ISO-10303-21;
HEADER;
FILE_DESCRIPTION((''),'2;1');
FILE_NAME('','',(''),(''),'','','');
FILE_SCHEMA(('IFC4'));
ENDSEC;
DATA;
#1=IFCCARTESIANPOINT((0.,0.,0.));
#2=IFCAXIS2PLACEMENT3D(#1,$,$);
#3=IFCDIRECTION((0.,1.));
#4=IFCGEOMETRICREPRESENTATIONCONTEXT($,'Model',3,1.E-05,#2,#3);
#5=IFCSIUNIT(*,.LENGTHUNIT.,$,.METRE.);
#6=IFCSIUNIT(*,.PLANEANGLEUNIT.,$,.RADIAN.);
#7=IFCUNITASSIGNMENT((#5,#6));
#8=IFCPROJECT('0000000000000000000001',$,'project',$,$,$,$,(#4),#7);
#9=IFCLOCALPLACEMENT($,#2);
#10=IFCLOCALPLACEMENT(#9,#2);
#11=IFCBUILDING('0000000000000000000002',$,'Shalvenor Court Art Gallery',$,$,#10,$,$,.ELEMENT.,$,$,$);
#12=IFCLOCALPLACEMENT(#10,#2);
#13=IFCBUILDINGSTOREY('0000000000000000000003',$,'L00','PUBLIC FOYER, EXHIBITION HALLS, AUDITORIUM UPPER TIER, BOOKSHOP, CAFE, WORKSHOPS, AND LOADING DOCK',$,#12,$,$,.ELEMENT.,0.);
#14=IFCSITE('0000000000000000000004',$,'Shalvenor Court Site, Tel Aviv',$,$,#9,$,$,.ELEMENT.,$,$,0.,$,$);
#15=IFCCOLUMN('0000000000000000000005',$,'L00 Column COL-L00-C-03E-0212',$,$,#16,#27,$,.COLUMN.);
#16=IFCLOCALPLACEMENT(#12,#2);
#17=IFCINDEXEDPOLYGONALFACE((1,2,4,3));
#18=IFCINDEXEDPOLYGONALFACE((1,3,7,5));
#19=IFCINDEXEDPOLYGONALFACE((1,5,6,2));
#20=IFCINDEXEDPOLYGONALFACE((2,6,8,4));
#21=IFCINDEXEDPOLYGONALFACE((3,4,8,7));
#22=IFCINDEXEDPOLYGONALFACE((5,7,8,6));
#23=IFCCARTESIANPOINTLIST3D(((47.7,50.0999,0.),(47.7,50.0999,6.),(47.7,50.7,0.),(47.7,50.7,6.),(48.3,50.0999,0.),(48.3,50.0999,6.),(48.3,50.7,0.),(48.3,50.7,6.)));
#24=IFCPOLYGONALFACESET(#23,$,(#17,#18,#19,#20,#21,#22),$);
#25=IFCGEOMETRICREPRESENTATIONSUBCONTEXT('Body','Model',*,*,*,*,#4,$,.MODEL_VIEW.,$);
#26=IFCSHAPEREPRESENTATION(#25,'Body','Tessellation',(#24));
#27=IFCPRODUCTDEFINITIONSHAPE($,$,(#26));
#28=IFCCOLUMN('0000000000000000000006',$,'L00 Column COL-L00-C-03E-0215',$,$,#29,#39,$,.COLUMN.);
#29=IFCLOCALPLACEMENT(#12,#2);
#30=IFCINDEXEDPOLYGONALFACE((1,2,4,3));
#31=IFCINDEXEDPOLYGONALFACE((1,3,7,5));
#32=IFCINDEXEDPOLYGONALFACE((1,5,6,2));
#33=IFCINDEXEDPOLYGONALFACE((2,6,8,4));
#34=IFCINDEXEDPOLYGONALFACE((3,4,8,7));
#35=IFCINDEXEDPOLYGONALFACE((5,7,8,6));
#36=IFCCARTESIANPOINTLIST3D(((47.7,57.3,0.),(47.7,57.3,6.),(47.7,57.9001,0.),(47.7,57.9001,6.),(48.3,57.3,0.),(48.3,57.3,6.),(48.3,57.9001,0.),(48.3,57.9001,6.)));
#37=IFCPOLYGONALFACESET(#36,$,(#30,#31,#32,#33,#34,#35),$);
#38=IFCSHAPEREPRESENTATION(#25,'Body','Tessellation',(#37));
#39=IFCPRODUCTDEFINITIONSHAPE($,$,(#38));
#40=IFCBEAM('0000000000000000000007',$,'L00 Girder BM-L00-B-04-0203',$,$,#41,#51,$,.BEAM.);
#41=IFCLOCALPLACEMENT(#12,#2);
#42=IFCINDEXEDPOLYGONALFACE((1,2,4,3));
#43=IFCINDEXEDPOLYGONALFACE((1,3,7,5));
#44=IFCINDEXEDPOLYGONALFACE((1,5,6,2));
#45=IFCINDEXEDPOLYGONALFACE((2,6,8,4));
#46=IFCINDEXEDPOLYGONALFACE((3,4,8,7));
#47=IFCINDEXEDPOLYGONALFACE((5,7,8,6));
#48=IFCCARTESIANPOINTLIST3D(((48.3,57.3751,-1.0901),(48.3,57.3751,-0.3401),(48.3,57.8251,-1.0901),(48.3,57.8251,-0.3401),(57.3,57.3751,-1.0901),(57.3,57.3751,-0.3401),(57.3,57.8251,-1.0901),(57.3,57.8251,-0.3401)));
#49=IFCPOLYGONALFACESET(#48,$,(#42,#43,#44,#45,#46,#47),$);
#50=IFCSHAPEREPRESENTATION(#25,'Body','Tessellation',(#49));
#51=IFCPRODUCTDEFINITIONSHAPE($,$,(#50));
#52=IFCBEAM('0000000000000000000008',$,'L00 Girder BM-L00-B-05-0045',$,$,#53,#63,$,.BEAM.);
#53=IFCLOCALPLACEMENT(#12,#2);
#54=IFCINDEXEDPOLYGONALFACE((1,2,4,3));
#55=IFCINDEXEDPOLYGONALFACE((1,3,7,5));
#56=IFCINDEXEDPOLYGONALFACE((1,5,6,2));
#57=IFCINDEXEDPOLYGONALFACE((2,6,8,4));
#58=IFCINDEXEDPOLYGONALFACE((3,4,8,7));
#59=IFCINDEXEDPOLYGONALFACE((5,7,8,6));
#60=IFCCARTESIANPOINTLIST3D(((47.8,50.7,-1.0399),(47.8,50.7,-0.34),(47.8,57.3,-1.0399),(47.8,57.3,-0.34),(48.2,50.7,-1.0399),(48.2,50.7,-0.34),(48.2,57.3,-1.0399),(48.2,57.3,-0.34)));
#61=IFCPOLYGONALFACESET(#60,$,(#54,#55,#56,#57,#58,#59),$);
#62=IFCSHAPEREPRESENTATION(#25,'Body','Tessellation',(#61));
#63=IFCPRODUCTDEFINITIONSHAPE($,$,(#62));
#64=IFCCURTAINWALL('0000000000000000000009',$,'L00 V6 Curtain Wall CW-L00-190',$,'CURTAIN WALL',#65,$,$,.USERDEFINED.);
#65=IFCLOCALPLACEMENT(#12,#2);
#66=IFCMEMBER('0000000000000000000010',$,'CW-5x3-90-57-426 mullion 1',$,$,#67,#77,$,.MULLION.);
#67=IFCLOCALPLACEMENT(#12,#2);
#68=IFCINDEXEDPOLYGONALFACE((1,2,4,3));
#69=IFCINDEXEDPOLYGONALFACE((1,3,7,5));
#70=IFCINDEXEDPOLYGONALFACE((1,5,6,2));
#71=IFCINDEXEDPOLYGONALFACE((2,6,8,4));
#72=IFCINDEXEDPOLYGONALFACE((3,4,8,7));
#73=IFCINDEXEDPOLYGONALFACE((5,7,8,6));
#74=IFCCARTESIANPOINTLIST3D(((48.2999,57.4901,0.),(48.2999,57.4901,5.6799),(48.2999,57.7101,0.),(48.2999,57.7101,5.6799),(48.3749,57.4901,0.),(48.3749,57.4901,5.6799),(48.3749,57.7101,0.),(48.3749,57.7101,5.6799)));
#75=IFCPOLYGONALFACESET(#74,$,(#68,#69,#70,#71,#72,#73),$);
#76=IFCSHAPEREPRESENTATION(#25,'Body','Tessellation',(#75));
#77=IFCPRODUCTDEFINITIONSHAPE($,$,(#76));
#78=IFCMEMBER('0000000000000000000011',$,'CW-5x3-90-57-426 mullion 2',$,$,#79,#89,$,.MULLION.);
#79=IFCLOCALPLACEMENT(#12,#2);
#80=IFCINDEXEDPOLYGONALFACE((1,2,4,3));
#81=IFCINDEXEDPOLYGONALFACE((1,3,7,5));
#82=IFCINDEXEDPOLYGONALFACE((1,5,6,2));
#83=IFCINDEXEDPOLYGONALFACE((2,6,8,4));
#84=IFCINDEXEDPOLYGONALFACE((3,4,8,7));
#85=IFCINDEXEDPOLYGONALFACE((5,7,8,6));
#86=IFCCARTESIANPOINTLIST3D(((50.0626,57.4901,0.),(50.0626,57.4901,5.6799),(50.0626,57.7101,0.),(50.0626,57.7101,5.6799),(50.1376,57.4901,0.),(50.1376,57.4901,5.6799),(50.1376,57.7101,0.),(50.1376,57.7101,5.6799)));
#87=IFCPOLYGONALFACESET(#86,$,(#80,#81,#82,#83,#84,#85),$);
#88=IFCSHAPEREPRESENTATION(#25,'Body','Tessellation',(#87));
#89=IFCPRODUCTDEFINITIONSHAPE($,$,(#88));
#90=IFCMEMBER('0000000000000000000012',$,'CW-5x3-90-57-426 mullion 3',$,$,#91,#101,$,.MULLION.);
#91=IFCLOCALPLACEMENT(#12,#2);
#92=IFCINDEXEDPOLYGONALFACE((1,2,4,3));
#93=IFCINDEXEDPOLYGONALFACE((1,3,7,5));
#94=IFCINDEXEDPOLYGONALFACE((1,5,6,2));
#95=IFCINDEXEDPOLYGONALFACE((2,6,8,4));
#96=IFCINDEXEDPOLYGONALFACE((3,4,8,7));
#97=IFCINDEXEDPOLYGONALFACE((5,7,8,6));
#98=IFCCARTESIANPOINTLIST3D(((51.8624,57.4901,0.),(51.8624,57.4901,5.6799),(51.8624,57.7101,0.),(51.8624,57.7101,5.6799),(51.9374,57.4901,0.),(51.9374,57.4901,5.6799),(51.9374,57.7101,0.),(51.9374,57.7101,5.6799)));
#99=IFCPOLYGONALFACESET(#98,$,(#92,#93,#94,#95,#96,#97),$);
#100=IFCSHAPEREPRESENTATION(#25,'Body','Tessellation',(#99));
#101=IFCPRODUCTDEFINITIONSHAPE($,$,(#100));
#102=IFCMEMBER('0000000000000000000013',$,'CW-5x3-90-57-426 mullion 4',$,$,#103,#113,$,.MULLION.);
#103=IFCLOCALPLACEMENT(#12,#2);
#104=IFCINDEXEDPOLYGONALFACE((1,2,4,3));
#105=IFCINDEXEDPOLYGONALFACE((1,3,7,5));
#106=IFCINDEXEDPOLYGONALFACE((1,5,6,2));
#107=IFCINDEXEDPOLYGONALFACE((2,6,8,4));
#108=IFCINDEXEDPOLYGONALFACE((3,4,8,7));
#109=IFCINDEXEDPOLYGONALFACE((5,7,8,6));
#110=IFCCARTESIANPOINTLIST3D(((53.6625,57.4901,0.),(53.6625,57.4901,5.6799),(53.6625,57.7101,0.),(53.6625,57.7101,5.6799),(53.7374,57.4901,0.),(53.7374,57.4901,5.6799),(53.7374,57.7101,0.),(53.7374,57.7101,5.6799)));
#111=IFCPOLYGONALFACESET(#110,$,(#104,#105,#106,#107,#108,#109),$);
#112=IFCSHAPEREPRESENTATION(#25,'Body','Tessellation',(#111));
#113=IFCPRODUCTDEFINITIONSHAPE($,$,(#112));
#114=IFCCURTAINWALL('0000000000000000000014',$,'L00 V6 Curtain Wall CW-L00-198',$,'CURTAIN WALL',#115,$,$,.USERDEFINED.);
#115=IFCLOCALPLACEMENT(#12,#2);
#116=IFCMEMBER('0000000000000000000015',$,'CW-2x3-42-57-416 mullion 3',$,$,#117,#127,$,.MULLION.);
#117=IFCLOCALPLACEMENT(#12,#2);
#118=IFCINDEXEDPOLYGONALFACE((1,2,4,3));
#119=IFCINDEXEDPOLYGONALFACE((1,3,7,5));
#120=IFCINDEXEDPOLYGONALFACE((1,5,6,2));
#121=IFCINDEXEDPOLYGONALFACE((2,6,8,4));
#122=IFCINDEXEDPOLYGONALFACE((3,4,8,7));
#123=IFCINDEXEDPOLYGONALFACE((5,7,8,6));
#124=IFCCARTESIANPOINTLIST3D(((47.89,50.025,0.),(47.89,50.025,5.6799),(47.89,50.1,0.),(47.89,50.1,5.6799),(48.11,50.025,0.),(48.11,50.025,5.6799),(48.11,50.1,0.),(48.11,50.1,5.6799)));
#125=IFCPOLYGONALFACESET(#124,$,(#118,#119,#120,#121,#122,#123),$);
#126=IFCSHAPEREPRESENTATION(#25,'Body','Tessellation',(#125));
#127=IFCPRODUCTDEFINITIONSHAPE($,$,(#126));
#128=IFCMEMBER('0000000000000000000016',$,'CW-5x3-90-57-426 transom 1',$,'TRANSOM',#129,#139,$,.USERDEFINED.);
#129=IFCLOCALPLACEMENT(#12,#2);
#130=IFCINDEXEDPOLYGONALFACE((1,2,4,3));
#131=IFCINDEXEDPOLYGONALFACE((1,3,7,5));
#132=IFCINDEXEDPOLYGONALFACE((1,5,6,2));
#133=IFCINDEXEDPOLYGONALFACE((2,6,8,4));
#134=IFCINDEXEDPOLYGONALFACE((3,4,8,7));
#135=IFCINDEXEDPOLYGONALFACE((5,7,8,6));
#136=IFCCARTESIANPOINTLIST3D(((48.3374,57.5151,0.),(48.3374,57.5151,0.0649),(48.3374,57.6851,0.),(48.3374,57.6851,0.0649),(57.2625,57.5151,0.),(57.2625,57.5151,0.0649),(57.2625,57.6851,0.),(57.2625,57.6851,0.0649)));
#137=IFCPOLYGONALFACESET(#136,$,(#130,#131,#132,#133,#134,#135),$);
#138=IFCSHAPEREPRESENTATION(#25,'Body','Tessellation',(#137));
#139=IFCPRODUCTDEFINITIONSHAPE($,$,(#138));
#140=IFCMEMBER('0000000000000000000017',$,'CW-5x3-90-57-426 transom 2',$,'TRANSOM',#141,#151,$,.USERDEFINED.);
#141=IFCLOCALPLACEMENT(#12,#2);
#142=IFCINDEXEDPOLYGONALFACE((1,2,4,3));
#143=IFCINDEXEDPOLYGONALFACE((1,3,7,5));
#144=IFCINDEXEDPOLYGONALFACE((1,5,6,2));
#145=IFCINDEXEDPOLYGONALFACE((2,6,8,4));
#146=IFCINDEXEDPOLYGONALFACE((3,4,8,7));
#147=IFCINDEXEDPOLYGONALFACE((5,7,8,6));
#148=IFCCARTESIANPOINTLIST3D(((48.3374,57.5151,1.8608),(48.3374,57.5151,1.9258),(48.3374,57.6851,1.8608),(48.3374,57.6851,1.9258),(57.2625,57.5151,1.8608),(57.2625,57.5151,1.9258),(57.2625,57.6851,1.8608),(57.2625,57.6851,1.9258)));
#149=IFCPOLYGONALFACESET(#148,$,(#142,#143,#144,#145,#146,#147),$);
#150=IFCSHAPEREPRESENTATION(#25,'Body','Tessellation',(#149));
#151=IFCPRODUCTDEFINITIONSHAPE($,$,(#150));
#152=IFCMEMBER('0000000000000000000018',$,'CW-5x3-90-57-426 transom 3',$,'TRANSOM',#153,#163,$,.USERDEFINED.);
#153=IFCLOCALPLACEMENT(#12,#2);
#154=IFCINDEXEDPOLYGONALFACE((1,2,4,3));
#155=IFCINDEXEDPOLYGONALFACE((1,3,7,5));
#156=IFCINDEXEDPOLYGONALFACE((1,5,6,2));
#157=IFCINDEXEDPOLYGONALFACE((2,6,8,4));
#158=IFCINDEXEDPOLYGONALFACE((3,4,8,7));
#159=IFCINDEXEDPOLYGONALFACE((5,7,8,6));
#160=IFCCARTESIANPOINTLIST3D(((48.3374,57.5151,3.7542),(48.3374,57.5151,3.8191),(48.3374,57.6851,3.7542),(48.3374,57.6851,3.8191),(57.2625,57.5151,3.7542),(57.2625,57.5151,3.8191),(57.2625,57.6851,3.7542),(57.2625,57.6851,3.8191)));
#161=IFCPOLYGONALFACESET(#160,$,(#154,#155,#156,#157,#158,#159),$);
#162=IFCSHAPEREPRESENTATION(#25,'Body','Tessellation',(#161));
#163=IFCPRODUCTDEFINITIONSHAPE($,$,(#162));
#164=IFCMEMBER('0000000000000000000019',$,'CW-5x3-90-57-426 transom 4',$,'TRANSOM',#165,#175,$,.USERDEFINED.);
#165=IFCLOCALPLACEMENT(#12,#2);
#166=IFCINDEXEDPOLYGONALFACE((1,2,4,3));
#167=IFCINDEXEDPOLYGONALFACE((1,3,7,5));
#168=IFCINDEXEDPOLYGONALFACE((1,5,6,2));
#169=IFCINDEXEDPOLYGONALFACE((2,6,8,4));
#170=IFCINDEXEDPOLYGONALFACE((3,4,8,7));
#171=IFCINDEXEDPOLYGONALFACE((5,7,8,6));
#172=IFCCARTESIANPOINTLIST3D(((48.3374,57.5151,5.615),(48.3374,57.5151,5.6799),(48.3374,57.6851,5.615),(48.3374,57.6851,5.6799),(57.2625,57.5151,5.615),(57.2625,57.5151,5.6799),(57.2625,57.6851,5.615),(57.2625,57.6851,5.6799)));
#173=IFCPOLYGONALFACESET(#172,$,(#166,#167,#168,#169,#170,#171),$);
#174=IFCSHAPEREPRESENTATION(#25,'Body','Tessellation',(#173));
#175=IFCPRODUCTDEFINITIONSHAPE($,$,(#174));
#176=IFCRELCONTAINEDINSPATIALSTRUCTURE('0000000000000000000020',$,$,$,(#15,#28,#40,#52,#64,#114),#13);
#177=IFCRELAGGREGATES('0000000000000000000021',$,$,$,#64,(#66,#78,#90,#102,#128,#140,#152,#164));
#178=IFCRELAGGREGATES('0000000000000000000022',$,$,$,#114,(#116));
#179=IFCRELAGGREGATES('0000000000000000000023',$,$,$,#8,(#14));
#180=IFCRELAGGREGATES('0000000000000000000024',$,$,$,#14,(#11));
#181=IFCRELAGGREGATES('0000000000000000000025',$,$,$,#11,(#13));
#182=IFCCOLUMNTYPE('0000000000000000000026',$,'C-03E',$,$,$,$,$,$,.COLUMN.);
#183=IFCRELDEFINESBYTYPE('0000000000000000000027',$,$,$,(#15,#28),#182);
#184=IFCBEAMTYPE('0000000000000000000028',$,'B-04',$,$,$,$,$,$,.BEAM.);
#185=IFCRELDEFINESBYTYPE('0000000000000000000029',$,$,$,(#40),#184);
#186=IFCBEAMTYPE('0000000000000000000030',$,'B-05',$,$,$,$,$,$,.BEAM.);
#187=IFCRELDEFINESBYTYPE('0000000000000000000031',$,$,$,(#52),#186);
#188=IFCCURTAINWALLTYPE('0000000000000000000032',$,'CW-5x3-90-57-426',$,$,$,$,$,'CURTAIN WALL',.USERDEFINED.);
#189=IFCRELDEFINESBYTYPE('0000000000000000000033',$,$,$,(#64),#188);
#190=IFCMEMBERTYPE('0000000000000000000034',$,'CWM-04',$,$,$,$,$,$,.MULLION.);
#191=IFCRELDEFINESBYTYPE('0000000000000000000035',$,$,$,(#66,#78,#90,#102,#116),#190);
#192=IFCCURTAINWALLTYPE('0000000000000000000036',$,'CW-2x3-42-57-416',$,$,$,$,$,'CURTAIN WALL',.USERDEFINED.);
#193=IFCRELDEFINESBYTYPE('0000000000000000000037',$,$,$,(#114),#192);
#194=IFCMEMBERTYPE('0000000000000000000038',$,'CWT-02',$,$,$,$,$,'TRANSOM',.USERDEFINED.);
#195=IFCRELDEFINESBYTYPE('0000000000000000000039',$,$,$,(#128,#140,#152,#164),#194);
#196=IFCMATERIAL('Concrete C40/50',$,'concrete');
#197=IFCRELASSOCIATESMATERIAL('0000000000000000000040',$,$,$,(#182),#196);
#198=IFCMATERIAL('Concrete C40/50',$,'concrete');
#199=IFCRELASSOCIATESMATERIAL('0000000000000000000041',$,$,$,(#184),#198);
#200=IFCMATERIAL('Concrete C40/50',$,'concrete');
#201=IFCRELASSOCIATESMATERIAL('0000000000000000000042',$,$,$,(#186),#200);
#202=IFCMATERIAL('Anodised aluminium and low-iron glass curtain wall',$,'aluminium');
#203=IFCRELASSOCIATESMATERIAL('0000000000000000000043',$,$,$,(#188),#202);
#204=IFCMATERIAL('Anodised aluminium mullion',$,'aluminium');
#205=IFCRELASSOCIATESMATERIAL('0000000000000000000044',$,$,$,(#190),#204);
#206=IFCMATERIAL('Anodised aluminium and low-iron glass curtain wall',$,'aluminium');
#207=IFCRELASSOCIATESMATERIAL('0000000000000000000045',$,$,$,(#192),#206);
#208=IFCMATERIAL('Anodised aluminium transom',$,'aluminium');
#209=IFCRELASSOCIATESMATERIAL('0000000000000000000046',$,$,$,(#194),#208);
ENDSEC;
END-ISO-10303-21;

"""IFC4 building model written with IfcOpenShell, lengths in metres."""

from ifc_helpers import new_model, si_unit, direction, frame, origin, origin_2d, place, context, subcontext, project, spatial, rectangle, extrude, material, material_profile, profile_set, type_object, element, aggregate, save


model = new_model("IFC4")

# Units and contexts
model_context = context("Model", 3, precision=1e-05, world=origin(), true_north=direction((0.0, 1.0)))
body_context = subcontext(model_context, "Body", "Model", "MODEL_VIEW")
ifc_project = project(units=[si_unit("LENGTHUNIT", "METRE"), si_unit("PLANEANGLEUNIT", "RADIAN")], contexts=[model_context])

# Site, building, storey
site_placement = place(None, origin())
site = spatial("IfcSite", under=ifc_project, at=site_placement, Name="Shalvenor Court Site, Tel Aviv", CompositionType="ELEMENT", RefElevation=0.0)
building_placement = place(site_placement, origin())
building = spatial("IfcBuilding", under=site, at=building_placement, Name="Shalvenor Court Art Gallery", CompositionType="ELEMENT")
storey_placement = place(building_placement, origin())
storey = spatial("IfcBuildingStorey", under=building, at=storey_placement, Name="L00", Description="PUBLIC FOYER, EXHIBITION HALLS, AUDITORIUM UPPER TIER, BOOKSHOP, CAFE, WORKSHOPS, AND LOADING DOCK", CompositionType="ELEMENT", Elevation=0.0)

# Columns
ifc_material_1 = material(Name="Concrete C40/50", Category="concrete")
ifc_material_profile_1 = material_profile(ifc_material_1, rectangle(XDim=0.6001, YDim=0.6001, at=origin_2d()), Name="RC 600x600")
ifc_profile_set_1 = profile_set([ifc_material_profile_1], Name="Concrete C40/50")
column_type = type_object("IfcColumnType", Name="C-03E", PredefinedType="COLUMN", material=ifc_profile_set_1)
for number, where, z_axis, x_axis, name in (
    (1, (48.0, 50.3999, 0.0), (0.0, 0.0, 1.0), (1.0, 0.0, 0.0), "L00 Column COL-L00-C-03E-0212"),
    (2, (48.0, 57.6001, 0.0), (0.0, 0.0, 1.0), (1.0, 0.0, 0.0), "L00 Column COL-L00-C-03E-0215"),
):
    element("IfcColumn", number, at=place(storey_placement, frame(where, z_axis=z_axis, x_axis=x_axis)), inside=storey, type_object=column_type, Name=name, PredefinedType="COLUMN", context=body_context, shape_type="SweptSolid", body=[
        extrude(rectangle(XDim=0.6001, YDim=0.6001, at=origin_2d()), origin(), (0.0, 0.0, 1.0), 6.0),
    ])

# Beams
ifc_material_2 = material(Name="Concrete C40/50", Category="concrete")
ifc_material_profile_2 = material_profile(ifc_material_2, rectangle(XDim=0.45, YDim=0.75, at=origin_2d()), Name="RC 450x750")
ifc_profile_set_2 = profile_set([ifc_material_profile_2], Name="Concrete C40/50")
beam_type_1 = type_object("IfcBeamType", Name="B-04", PredefinedType="BEAM", material=ifc_profile_set_2)
beam_1_placement = place(storey_placement, frame((48.3, 57.6001, -0.7151), z_axis=(1.0, 0.0, 0.0), x_axis=(0.0, 1.0, 0.0)))
element("IfcBeam", 3, at=beam_1_placement, inside=storey, type_object=beam_type_1, Name="L00 Girder BM-L00-B-04-0203", PredefinedType="BEAM", context=body_context, shape_type="SweptSolid", body=[
    extrude(rectangle(XDim=0.45, YDim=0.75, at=origin_2d()), origin(), (0.0, 0.0, 1.0), 9.0),
])
ifc_material_3 = material(Name="Concrete C40/50", Category="concrete")
ifc_material_profile_3 = material_profile(ifc_material_3, rectangle(XDim=0.3999, YDim=0.7, at=origin_2d()), Name="RC 400x700")
ifc_profile_set_3 = profile_set([ifc_material_profile_3], Name="Concrete C40/50")
beam_type_2 = type_object("IfcBeamType", Name="B-05", PredefinedType="BEAM", material=ifc_profile_set_3)
beam_2_placement = place(storey_placement, frame((48.0, 50.7, -0.6899), z_axis=(0.0, 1.0, 0.0), x_axis=(-1.0, 0.0, 0.0)))
element("IfcBeam", 4, at=beam_2_placement, inside=storey, type_object=beam_type_2, Name="L00 Girder BM-L00-B-05-0045", PredefinedType="BEAM", context=body_context, shape_type="SweptSolid", body=[
    extrude(rectangle(XDim=0.3999, YDim=0.7, at=origin_2d()), origin(), (0.0, 0.0, 1.0), 6.6001),
])

# Curtain wall, members
ifc_material_4 = material(Name="Anodised aluminium and low-iron glass curtain wall", Category="aluminium")
curtain_wall_type_1 = type_object("IfcCurtainWallType", Name="CW-5x3-90-57-426", ElementType="CURTAIN WALL", PredefinedType="USERDEFINED", material=ifc_material_4)
curtain_wall_1_placement = place(storey_placement, origin())
curtain_wall_1 = element("IfcCurtainWall", 5, at=curtain_wall_1_placement, inside=storey, type_object=curtain_wall_type_1, Name="L00 V6 Curtain Wall CW-L00-190", ObjectType="CURTAIN WALL", PredefinedType="USERDEFINED")
ifc_material_5 = material(Name="Anodised aluminium mullion", Category="aluminium")
ifc_material_profile_4 = material_profile(ifc_material_5, rectangle(XDim=0.075, YDim=0.22, at=origin_2d()), Name="CWM-04")
ifc_profile_set_4 = profile_set([ifc_material_profile_4], Name="Anodised aluminium mullion")
member_type_1 = type_object("IfcMemberType", Name="CWM-04", PredefinedType="MULLION", material=ifc_profile_set_4)
member_1_placement = place(storey_placement, frame((48.3374, 57.6001, 0.0), z_axis=(0.0, 0.0, 1.0), x_axis=(1.0, 0.0, 0.0)))
member_1 = element("IfcMember", 6, at=member_1_placement, type_object=member_type_1, Name="CW-5x3-90-57-426 mullion 1", PredefinedType="MULLION", context=body_context, shape_type="SweptSolid", body=[
    extrude(rectangle(XDim=0.075, YDim=0.22, at=origin_2d()), origin(), (0.0, 0.0, 1.0), 5.6799),
])
member_2_placement = place(storey_placement, frame((50.1001, 57.6001, 0.0), z_axis=(0.0, 0.0, 1.0), x_axis=(1.0, 0.0, 0.0)))
member_2 = element("IfcMember", 7, at=member_2_placement, type_object=member_type_1, Name="CW-5x3-90-57-426 mullion 2", PredefinedType="MULLION", context=body_context, shape_type="SweptSolid", body=[
    extrude(rectangle(XDim=0.075, YDim=0.22, at=origin_2d()), origin(), (0.0, 0.0, 1.0), 5.6799),
])
member_3_placement = place(storey_placement, frame((51.8999, 57.6001, 0.0), z_axis=(0.0, 0.0, 1.0), x_axis=(1.0, 0.0, 0.0)))
member_3 = element("IfcMember", 8, at=member_3_placement, type_object=member_type_1, Name="CW-5x3-90-57-426 mullion 3", PredefinedType="MULLION", context=body_context, shape_type="SweptSolid", body=[
    extrude(rectangle(XDim=0.075, YDim=0.22, at=origin_2d()), origin(), (0.0, 0.0, 1.0), 5.6799),
])
member_4_placement = place(storey_placement, frame((53.7, 57.6001, 0.0), z_axis=(0.0, 0.0, 1.0), x_axis=(1.0, 0.0, 0.0)))
member_4 = element("IfcMember", 9, at=member_4_placement, type_object=member_type_1, Name="CW-5x3-90-57-426 mullion 4", PredefinedType="MULLION", context=body_context, shape_type="SweptSolid", body=[
    extrude(rectangle(XDim=0.075, YDim=0.22, at=origin_2d()), origin(), (0.0, 0.0, 1.0), 5.6799),
])

# Curtain wall, member
ifc_material_6 = material(Name="Anodised aluminium and low-iron glass curtain wall", Category="aluminium")
curtain_wall_type_2 = type_object("IfcCurtainWallType", Name="CW-2x3-42-57-416", ElementType="CURTAIN WALL", PredefinedType="USERDEFINED", material=ifc_material_6)
curtain_wall_2_placement = place(storey_placement, origin())
curtain_wall_2 = element("IfcCurtainWall", 10, at=curtain_wall_2_placement, inside=storey, type_object=curtain_wall_type_2, Name="L00 V6 Curtain Wall CW-L00-198", ObjectType="CURTAIN WALL", PredefinedType="USERDEFINED")
member_5_placement = place(storey_placement, frame((48.0, 50.0625, 0.0), z_axis=(0.0, 0.0, 1.0), x_axis=(0.0, 1.0, 0.0)))
member_5 = element("IfcMember", 11, at=member_5_placement, type_object=member_type_1, Name="CW-2x3-42-57-416 mullion 3", PredefinedType="MULLION", context=body_context, shape_type="SweptSolid", body=[
    extrude(rectangle(XDim=0.075, YDim=0.22, at=origin_2d()), origin(), (0.0, 0.0, 1.0), 5.6799),
])

# Members
ifc_material_7 = material(Name="Anodised aluminium transom", Category="aluminium")
ifc_material_profile_5 = material_profile(ifc_material_7, rectangle(XDim=0.1699, YDim=0.0649, at=origin_2d()), Name="CWT-02")
ifc_profile_set_5 = profile_set([ifc_material_profile_5], Name="Anodised aluminium transom")
member_type_2 = type_object("IfcMemberType", Name="CWT-02", ElementType="TRANSOM", PredefinedType="USERDEFINED", material=ifc_profile_set_5)
member_6_placement = place(storey_placement, frame((48.3374, 57.6001, 0.0325), z_axis=(1.0, 0.0, 0.0), x_axis=(0.0, 1.0, 0.0)))
member_6 = element("IfcMember", 12, at=member_6_placement, type_object=member_type_2, Name="CW-5x3-90-57-426 transom 1", ObjectType="TRANSOM", PredefinedType="USERDEFINED", context=body_context, shape_type="SweptSolid", body=[
    extrude(rectangle(XDim=0.1699, YDim=0.0649, at=origin_2d()), origin(), (0.0, 0.0, 1.0), 8.925),
])
member_7_placement = place(storey_placement, frame((48.3374, 57.6001, 1.8933), z_axis=(1.0, 0.0, 0.0), x_axis=(0.0, 1.0, 0.0)))
member_7 = element("IfcMember", 13, at=member_7_placement, type_object=member_type_2, Name="CW-5x3-90-57-426 transom 2", ObjectType="TRANSOM", PredefinedType="USERDEFINED", context=body_context, shape_type="SweptSolid", body=[
    extrude(rectangle(XDim=0.1699, YDim=0.0649, at=origin_2d()), origin(), (0.0, 0.0, 1.0), 8.925),
])
member_8_placement = place(storey_placement, frame((48.3374, 57.6001, 3.7866), z_axis=(1.0, 0.0, 0.0), x_axis=(0.0, 1.0, 0.0)))
member_8 = element("IfcMember", 14, at=member_8_placement, type_object=member_type_2, Name="CW-5x3-90-57-426 transom 3", ObjectType="TRANSOM", PredefinedType="USERDEFINED", context=body_context, shape_type="SweptSolid", body=[
    extrude(rectangle(XDim=0.1699, YDim=0.0649, at=origin_2d()), origin(), (0.0, 0.0, 1.0), 8.925),
])
member_9_placement = place(storey_placement, frame((48.3374, 57.6001, 5.6475), z_axis=(1.0, 0.0, 0.0), x_axis=(0.0, 1.0, 0.0)))
member_9 = element("IfcMember", 15, at=member_9_placement, type_object=member_type_2, Name="CW-5x3-90-57-426 transom 4", ObjectType="TRANSOM", PredefinedType="USERDEFINED", context=body_context, shape_type="SweptSolid", body=[
    extrude(rectangle(XDim=0.1699, YDim=0.0649, at=origin_2d()), origin(), (0.0, 0.0, 1.0), 8.925),
])

aggregate(curtain_wall_1, [member_1, member_2, member_3, member_4, member_6, member_7, member_8, member_9])
aggregate(curtain_wall_2, [member_5])

save(model, "model.ifc")
